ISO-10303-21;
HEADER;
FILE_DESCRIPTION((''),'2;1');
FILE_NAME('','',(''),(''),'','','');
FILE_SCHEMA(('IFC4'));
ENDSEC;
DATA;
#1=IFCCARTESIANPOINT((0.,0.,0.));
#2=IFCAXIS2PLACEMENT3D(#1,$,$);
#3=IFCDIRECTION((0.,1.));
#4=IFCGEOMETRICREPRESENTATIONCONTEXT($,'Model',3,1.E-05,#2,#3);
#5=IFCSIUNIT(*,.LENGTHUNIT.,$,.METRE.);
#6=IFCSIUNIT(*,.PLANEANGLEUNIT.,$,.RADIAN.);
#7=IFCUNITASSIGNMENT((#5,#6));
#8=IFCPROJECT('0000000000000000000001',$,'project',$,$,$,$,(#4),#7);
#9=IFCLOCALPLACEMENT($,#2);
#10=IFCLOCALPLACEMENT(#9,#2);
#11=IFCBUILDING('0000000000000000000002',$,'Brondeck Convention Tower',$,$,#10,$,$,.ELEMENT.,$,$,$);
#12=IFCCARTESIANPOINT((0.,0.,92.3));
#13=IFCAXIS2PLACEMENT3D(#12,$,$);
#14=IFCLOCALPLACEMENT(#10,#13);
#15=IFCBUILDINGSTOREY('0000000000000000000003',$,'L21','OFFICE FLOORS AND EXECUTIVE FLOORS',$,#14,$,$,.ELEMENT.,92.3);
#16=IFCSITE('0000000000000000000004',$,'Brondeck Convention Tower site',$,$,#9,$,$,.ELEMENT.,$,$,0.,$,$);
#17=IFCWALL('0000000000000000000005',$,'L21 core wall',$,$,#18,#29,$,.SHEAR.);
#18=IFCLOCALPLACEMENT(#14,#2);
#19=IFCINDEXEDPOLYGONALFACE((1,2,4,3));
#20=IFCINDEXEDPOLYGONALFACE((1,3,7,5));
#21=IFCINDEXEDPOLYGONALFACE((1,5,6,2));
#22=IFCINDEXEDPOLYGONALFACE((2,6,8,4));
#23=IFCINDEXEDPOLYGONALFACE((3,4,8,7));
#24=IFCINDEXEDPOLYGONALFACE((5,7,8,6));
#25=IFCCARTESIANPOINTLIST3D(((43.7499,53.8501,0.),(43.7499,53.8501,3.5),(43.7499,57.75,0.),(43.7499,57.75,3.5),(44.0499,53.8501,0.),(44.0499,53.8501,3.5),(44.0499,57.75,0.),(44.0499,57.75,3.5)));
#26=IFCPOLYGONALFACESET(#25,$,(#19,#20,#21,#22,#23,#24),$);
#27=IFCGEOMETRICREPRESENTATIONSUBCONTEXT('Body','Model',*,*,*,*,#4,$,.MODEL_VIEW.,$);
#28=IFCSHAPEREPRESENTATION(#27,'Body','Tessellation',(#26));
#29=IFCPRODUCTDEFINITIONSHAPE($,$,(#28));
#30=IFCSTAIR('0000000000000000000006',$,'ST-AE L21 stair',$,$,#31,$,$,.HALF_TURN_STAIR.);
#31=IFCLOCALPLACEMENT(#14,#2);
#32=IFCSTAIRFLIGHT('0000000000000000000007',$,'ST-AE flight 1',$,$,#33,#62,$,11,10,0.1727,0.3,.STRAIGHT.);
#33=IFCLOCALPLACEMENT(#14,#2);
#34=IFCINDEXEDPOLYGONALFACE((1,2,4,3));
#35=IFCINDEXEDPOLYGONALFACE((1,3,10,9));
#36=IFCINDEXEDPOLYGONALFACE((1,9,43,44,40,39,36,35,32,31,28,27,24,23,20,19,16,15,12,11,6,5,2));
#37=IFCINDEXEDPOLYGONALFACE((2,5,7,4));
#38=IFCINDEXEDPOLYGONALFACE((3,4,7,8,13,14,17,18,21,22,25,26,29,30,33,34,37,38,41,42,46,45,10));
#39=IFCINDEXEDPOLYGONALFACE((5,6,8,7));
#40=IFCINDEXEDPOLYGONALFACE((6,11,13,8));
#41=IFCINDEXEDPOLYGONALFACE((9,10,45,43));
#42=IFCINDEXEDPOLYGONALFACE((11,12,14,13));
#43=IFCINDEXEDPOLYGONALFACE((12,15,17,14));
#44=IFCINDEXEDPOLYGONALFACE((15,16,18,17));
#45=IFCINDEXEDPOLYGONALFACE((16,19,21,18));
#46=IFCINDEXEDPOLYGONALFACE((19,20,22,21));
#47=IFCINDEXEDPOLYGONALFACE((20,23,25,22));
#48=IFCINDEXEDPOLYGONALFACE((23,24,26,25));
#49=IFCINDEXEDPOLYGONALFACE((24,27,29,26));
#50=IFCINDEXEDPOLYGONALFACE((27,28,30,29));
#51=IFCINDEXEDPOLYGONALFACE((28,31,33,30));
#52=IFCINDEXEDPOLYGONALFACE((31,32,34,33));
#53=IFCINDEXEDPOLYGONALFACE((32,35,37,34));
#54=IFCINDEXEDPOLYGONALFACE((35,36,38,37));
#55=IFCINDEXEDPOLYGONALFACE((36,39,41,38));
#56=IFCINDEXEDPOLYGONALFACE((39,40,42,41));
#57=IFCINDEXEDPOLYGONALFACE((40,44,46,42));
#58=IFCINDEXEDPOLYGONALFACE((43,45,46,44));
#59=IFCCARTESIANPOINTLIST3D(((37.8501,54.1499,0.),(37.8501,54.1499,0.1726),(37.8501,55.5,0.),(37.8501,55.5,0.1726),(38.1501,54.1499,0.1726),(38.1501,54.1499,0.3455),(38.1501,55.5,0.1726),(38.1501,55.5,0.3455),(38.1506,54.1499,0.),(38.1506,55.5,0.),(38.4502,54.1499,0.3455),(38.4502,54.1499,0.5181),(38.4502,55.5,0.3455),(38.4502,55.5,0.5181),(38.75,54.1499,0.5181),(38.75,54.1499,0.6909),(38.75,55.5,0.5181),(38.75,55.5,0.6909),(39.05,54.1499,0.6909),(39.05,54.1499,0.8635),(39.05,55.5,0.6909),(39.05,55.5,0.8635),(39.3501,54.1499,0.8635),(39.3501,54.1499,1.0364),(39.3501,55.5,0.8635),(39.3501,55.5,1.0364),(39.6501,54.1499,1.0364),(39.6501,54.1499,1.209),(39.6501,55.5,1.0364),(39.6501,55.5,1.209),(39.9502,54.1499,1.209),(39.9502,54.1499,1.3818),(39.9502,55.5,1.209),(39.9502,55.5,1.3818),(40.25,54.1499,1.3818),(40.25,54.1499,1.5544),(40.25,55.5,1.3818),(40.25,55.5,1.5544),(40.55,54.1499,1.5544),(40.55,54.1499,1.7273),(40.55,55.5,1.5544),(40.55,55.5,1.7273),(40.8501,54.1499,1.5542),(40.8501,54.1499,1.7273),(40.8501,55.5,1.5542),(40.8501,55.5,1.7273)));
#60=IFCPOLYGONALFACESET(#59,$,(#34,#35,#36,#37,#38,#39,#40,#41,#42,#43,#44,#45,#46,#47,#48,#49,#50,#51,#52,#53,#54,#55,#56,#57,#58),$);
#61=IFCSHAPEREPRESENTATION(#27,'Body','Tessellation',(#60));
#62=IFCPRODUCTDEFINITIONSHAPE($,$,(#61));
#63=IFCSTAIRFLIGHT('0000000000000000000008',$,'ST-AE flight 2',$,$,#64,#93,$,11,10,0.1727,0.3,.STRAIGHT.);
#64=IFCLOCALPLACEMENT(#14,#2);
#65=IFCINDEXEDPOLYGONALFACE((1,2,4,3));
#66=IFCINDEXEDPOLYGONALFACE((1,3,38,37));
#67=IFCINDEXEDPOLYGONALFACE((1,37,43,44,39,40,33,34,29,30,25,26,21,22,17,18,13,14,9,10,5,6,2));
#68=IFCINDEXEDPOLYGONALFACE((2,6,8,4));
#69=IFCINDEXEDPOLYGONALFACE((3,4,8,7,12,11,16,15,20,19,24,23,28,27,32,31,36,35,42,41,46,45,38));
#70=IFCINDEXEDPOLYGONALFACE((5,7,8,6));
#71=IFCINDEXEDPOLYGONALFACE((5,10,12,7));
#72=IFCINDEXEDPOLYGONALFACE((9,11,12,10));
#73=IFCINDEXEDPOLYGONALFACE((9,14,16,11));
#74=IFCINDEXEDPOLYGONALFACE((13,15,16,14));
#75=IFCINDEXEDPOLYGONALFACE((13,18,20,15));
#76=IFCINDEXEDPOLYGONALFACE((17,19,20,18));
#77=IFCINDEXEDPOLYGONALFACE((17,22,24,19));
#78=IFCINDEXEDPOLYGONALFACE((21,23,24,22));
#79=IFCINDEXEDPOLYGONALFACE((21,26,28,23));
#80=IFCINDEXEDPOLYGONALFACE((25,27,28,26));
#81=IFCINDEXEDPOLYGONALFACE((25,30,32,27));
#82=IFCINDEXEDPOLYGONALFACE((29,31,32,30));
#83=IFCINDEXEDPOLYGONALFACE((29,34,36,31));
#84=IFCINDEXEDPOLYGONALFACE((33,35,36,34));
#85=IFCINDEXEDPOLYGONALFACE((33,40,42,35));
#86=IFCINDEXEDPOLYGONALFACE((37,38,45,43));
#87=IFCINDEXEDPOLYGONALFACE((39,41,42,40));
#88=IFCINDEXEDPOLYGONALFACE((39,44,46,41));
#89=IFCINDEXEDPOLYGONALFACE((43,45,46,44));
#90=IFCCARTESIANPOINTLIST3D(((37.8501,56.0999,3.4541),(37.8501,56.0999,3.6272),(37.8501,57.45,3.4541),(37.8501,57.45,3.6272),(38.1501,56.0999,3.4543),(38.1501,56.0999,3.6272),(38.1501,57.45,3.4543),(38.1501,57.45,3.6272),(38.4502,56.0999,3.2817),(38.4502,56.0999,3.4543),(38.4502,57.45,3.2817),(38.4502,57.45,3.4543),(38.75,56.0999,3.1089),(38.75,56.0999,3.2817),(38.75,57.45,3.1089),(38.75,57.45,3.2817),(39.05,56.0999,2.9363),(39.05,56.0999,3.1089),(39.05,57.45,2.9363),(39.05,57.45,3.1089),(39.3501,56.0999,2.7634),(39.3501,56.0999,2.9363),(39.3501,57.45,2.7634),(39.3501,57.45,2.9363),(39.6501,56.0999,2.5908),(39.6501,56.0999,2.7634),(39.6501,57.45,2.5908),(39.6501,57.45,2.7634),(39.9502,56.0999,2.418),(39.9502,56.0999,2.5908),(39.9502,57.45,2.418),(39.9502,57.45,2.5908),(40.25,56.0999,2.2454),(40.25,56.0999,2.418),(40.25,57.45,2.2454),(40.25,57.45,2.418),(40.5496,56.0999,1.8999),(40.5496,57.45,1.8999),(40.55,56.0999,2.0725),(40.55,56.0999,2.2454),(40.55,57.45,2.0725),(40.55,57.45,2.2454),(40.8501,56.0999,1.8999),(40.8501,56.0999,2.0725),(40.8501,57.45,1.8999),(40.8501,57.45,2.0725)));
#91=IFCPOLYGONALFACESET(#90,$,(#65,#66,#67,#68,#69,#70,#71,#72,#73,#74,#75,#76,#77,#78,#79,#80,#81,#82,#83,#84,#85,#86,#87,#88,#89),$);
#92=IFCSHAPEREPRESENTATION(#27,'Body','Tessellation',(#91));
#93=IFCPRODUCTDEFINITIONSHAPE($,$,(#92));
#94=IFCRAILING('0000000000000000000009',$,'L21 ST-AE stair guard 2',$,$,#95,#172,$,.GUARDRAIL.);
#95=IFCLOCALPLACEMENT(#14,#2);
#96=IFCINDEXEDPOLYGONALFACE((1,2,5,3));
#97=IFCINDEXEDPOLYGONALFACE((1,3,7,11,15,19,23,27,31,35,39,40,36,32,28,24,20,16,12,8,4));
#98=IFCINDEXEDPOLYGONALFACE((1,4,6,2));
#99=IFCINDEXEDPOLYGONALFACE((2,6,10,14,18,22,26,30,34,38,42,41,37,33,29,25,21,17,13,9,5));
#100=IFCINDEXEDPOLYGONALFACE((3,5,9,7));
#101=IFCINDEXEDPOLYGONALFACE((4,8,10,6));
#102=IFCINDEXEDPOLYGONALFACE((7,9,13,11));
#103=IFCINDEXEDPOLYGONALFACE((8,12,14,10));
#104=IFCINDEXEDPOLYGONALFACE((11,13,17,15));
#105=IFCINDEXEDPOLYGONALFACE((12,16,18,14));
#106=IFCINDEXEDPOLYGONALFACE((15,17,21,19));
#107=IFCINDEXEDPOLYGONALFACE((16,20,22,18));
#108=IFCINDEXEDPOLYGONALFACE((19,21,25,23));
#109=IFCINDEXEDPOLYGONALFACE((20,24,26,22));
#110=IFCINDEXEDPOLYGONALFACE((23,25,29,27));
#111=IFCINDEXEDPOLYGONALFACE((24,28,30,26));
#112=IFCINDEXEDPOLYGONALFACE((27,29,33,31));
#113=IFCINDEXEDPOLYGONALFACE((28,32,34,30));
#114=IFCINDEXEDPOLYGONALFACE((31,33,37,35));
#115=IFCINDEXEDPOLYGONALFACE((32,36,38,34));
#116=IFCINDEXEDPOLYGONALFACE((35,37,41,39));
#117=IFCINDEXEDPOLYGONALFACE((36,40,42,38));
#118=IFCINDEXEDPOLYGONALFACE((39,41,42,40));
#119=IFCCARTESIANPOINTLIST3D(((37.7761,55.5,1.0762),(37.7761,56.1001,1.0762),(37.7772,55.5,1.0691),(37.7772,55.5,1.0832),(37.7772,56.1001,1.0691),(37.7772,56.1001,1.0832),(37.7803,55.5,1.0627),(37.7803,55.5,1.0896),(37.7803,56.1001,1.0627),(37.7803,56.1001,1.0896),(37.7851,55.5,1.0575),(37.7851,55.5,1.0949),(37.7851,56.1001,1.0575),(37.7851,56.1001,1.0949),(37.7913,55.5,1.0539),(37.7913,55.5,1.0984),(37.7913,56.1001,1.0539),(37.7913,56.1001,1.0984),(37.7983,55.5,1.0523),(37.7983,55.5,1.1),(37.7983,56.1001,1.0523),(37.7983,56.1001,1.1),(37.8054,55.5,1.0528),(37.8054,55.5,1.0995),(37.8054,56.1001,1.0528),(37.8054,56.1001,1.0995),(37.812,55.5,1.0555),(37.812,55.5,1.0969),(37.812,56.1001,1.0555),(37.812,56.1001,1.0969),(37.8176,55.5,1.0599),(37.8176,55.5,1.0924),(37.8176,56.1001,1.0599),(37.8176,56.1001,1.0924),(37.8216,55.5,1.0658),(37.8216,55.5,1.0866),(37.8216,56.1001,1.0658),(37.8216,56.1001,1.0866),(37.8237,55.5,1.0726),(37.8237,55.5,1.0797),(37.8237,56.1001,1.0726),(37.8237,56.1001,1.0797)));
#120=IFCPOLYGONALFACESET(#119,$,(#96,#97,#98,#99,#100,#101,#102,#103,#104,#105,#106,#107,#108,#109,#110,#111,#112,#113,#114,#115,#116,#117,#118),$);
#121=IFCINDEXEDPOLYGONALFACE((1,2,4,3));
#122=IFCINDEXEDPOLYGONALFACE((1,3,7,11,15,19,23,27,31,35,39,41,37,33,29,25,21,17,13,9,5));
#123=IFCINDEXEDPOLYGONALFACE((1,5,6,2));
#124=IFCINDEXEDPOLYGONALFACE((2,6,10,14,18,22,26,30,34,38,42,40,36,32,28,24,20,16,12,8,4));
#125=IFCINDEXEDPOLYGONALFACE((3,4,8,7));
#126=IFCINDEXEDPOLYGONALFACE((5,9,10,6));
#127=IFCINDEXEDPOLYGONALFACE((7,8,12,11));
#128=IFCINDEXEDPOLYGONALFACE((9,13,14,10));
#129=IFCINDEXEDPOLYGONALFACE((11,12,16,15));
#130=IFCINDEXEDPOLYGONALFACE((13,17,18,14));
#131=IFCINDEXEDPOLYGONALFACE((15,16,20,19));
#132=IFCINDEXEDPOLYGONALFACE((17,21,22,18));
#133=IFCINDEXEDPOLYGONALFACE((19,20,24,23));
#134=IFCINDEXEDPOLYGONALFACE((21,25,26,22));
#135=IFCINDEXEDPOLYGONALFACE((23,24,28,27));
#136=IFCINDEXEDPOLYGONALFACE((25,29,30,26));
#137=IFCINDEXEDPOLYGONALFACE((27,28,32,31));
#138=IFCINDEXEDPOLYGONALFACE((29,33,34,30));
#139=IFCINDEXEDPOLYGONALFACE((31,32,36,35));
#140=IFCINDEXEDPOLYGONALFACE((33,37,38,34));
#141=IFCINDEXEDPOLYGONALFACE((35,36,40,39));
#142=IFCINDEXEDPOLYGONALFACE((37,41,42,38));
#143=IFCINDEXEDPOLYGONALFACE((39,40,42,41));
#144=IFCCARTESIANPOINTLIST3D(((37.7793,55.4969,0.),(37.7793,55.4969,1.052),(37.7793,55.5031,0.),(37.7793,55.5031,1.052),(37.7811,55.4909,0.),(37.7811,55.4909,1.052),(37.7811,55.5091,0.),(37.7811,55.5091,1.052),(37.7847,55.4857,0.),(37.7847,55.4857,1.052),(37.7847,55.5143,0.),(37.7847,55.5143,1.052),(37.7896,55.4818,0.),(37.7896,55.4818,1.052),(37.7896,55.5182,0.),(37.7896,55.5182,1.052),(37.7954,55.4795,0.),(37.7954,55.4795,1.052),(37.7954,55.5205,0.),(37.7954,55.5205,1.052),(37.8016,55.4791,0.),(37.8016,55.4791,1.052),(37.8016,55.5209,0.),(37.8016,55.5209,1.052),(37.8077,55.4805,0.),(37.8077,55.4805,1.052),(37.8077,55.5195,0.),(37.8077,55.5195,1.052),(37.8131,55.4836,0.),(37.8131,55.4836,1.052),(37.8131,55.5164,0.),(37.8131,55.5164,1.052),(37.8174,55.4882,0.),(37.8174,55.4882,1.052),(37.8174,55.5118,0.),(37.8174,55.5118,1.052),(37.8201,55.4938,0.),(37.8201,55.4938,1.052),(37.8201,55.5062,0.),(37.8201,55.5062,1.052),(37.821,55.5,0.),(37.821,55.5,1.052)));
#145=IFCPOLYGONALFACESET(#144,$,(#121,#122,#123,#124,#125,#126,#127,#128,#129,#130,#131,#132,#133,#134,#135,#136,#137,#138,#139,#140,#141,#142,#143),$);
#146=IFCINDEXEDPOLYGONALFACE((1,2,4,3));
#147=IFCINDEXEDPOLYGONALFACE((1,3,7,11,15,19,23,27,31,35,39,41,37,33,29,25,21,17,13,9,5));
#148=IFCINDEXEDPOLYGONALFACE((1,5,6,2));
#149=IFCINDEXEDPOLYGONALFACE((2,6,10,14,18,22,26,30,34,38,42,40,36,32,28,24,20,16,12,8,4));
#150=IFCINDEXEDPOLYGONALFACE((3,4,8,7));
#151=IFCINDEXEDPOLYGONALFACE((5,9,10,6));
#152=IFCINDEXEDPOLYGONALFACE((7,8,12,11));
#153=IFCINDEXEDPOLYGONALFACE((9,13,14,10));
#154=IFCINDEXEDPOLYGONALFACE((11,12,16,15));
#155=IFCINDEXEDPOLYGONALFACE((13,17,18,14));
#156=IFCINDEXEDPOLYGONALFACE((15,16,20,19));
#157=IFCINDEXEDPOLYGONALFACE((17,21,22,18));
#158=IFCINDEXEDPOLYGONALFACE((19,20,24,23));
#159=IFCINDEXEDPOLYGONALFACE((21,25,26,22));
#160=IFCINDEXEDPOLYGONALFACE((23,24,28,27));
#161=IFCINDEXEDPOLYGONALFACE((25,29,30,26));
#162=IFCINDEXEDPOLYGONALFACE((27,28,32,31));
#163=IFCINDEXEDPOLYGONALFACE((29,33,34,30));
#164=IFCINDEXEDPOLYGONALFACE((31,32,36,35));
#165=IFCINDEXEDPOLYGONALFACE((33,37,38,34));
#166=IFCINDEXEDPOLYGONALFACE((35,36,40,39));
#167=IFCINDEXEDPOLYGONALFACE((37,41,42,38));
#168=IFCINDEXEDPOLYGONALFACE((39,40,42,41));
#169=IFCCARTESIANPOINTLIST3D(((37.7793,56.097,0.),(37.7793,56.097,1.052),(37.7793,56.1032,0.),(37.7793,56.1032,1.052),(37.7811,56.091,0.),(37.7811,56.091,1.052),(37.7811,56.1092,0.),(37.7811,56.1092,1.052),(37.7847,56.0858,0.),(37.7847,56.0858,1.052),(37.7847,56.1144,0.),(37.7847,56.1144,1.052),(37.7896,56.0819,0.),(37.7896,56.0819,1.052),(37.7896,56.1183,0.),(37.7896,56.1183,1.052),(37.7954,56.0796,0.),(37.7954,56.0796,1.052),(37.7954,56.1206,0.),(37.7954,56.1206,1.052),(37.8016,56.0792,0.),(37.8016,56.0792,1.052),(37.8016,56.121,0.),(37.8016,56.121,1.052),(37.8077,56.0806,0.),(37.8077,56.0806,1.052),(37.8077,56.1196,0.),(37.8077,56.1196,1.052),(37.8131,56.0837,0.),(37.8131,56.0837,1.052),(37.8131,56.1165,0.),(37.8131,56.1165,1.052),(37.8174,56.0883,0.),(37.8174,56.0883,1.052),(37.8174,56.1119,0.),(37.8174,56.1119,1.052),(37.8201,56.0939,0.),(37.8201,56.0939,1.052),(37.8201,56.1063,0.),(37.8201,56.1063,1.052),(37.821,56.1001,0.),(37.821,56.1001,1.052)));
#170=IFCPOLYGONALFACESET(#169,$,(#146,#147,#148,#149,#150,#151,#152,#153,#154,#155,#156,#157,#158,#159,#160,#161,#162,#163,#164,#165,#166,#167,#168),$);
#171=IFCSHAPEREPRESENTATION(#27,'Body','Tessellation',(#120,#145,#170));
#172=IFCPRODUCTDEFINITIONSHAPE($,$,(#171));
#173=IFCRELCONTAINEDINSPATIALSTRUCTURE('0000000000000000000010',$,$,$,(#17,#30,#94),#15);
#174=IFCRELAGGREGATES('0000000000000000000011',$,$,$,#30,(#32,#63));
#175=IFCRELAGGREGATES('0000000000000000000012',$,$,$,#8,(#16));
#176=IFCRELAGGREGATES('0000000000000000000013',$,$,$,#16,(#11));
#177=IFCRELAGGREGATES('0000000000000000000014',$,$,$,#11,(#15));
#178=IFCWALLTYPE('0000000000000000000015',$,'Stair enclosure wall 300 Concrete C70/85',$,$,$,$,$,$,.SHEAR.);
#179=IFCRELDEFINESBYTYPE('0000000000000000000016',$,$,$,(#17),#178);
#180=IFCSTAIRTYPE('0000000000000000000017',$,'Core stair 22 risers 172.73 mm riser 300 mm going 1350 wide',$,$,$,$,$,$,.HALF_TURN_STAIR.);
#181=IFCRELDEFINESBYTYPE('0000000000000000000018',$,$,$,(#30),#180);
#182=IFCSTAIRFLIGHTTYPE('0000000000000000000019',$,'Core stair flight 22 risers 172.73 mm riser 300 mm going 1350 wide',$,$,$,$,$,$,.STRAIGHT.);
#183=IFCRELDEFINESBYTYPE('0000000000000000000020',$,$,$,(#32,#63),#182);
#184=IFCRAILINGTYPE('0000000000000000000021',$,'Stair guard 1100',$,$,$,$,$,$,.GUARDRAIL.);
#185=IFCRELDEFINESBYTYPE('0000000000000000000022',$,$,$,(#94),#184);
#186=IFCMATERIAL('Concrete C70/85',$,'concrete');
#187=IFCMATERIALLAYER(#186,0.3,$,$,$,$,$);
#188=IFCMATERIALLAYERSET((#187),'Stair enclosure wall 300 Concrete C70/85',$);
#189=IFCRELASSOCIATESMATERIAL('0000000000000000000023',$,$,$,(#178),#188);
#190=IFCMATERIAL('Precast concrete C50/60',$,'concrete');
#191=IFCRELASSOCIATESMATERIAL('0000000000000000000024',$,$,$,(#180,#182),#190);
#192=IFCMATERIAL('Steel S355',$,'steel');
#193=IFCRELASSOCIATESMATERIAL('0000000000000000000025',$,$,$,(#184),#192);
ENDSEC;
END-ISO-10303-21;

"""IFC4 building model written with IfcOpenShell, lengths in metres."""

from ifc_helpers import new_model, si_unit, direction, frame, frame_2d, origin, origin_2d, place, context, subcontext, project, spatial, polyline, rectangle, circle, outline, extrude, material, layer, layer_set, type_object, element, aggregate, save


model = new_model("IFC4")

# Units and contexts
model_context = context("Model", 3, precision=1e-05, world=origin(), true_north=direction((0.0, 1.0)))
body_context = subcontext(model_context, "Body", "Model", "MODEL_VIEW")
ifc_project = project(units=[si_unit("LENGTHUNIT", "METRE"), si_unit("PLANEANGLEUNIT", "RADIAN")], contexts=[model_context])

# Site, building, storey
site_placement = place(None, origin())
site = spatial("IfcSite", under=ifc_project, at=site_placement, Name="Brondeck Convention Tower site", CompositionType="ELEMENT", RefElevation=0.0)
building_placement = place(site_placement, origin())
building = spatial("IfcBuilding", under=site, at=building_placement, Name="Brondeck Convention Tower", CompositionType="ELEMENT")
storey_placement = place(building_placement, frame((0.0, 0.0, 92.3)))
storey = spatial("IfcBuildingStorey", under=building, at=storey_placement, Name="L21", Description="OFFICE FLOORS AND EXECUTIVE FLOORS", CompositionType="ELEMENT", Elevation=92.3)

# Shared definitions
ifc_material_1 = material(Name="Concrete C70/85", Category="concrete")

# Shared definitions
ifc_material_2 = material(Name="Steel S355", Category="steel")

# Wall
ifc_layer_1 = layer(ifc_material_1, 0.3)
ifc_layer_set_1 = layer_set([ifc_layer_1], Name="Stair enclosure wall 300 Concrete C70/85")
wall_type_1 = type_object("IfcWallType", Name="Stair enclosure wall 300 Concrete C70/85", PredefinedType="SHEAR", material=ifc_layer_set_1)
wall_1_placement = place(storey_placement, frame((43.8999, 53.8501, 0.0), z_axis=(0.0, 0.0, 1.0), x_axis=(0.0, 1.0, 0.0)))
element("IfcWall", 1, at=wall_1_placement, inside=storey, type_object=wall_type_1, Name="L21 core wall", PredefinedType="SHEAR", context=body_context, shape_type="SweptSolid", body=[
    extrude(rectangle(XDim=3.8999, YDim=0.3, at=frame_2d((1.95, 0.0))), origin(), (0.0, 0.0, 1.0), 3.5),
])

# Stair, stair flights
ifc_material_3 = material(Name="Precast concrete C50/60", Category="concrete")
stair_type = type_object("IfcStairType", Name="Core stair 22 risers 172.73 mm riser 300 mm going 1350 wide", PredefinedType="HALF_TURN_STAIR", material=ifc_material_3)
stair_placement = place(storey_placement, origin())
stair = element("IfcStair", 2, at=stair_placement, inside=storey, type_object=stair_type, Name="ST-AE L21 stair", PredefinedType="HALF_TURN_STAIR")
stair_flight_type = type_object("IfcStairFlightType", Name="Core stair flight 22 risers 172.73 mm riser 300 mm going 1350 wide", PredefinedType="STRAIGHT", material=ifc_material_3)
stair_flight_1_placement = place(storey_placement, frame((37.8501, 54.825, 0.0), z_axis=(0.0, 0.0, 1.0), x_axis=(1.0, 0.0, 0.0)))
stair_flight_1 = element("IfcStairFlight", 3, at=stair_flight_1_placement, type_object=stair_flight_type, Name="ST-AE flight 1", NumberOfRisers=11, NumberOfTreads=10, PredefinedType="STRAIGHT", RiserHeight=0.1727, TreadLength=0.3, context=body_context, shape_type="SweptSolid", body=[
    extrude(outline(polyline([(0.0, 0.0), (0.0, 0.1726), (0.3, 0.1726), (0.3, 0.3455), (0.6001, 0.3455), (0.6001, 0.5181), (0.8999, 0.5181), (0.8999, 0.6909), (1.2, 0.6909), (1.2, 0.8635), (1.5, 0.8635), (1.5, 1.0364), (1.8, 1.0364), (1.8, 1.209), (2.1001, 1.209), (2.1001, 1.3818), (2.3999, 1.3818), (2.3999, 1.5544), (2.7, 1.5544), (2.7, 1.7273), (3.0, 1.7273), (3.0, 1.8999), (3.0, 1.5542), (0.3005, 0.0), (0.0, 0.0)])), frame((0.0, 0.675, 0.0), z_axis=(0.0, -1.0, 0.0), x_axis=(1.0, 0.0, 0.0)), (0.0, 0.0, 1.0), 1.3501),
])
stair_flight_2_placement = place(storey_placement, frame((40.8501, 56.7749, 1.8999), z_axis=(0.0, 0.0, 1.0), x_axis=(-1.0, 0.0, 0.0)))
stair_flight_2 = element("IfcStairFlight", 4, at=stair_flight_2_placement, type_object=stair_flight_type, Name="ST-AE flight 2", NumberOfRisers=11, NumberOfTreads=10, PredefinedType="STRAIGHT", RiserHeight=0.1727, TreadLength=0.3, context=body_context, shape_type="SweptSolid", body=[
    extrude(outline(polyline([(0.0, 0.0), (0.0, 0.1726), (0.3, 0.1726), (0.3, 0.3455), (0.6001, 0.3455), (0.6001, 0.5181), (0.8999, 0.5181), (0.8999, 0.6909), (1.2, 0.6909), (1.2, 0.8635), (1.5, 0.8635), (1.5, 1.0364), (1.8, 1.0364), (1.8, 1.209), (2.1001, 1.209), (2.1001, 1.3818), (2.3999, 1.3818), (2.3999, 1.5544), (2.7, 1.5544), (2.7, 1.7273), (3.0, 1.7273), (3.0, 1.8999), (3.0, 1.5542), (0.3005, 0.0), (0.0, 0.0)])), frame((0.0, 0.675, 0.0), z_axis=(0.0, -1.0, 0.0), x_axis=(1.0, 0.0, 0.0)), (0.0, 0.0, 1.0), 1.3501),
])
aggregate(stair, [stair_flight_1, stair_flight_2])

# Railing
railing_type_1 = type_object("IfcRailingType", Name="Stair guard 1100", PredefinedType="GUARDRAIL", material=ifc_material_2)
railing_1_placement = place(storey_placement, frame((37.8, 55.5, 0.0)))
element("IfcRailing", 5, at=railing_1_placement, inside=storey, type_object=railing_type_1, Name="L21 ST-AE stair guard 2", PredefinedType="GUARDRAIL", context=body_context, shape_type="SweptSolid", body=[
    extrude(circle(Radius=0.0239, at=origin_2d()), frame((0.0, 0.0, 1.0762), z_axis=(0.0, 1.0, 0.0), x_axis=(-1.0, 0.0, 0.0)), (0.0, 0.0, 1.0), 0.6001),
    extrude(circle(Radius=0.021, at=origin_2d()), origin(), (0.0, 0.0, 1.0), 1.052),
    extrude(circle(Radius=0.021, at=origin_2d()), frame((0.0, 0.6001, 0.0)), (0.0, 0.0, 1.0), 1.052),
])

save(model, "model.ifc")
